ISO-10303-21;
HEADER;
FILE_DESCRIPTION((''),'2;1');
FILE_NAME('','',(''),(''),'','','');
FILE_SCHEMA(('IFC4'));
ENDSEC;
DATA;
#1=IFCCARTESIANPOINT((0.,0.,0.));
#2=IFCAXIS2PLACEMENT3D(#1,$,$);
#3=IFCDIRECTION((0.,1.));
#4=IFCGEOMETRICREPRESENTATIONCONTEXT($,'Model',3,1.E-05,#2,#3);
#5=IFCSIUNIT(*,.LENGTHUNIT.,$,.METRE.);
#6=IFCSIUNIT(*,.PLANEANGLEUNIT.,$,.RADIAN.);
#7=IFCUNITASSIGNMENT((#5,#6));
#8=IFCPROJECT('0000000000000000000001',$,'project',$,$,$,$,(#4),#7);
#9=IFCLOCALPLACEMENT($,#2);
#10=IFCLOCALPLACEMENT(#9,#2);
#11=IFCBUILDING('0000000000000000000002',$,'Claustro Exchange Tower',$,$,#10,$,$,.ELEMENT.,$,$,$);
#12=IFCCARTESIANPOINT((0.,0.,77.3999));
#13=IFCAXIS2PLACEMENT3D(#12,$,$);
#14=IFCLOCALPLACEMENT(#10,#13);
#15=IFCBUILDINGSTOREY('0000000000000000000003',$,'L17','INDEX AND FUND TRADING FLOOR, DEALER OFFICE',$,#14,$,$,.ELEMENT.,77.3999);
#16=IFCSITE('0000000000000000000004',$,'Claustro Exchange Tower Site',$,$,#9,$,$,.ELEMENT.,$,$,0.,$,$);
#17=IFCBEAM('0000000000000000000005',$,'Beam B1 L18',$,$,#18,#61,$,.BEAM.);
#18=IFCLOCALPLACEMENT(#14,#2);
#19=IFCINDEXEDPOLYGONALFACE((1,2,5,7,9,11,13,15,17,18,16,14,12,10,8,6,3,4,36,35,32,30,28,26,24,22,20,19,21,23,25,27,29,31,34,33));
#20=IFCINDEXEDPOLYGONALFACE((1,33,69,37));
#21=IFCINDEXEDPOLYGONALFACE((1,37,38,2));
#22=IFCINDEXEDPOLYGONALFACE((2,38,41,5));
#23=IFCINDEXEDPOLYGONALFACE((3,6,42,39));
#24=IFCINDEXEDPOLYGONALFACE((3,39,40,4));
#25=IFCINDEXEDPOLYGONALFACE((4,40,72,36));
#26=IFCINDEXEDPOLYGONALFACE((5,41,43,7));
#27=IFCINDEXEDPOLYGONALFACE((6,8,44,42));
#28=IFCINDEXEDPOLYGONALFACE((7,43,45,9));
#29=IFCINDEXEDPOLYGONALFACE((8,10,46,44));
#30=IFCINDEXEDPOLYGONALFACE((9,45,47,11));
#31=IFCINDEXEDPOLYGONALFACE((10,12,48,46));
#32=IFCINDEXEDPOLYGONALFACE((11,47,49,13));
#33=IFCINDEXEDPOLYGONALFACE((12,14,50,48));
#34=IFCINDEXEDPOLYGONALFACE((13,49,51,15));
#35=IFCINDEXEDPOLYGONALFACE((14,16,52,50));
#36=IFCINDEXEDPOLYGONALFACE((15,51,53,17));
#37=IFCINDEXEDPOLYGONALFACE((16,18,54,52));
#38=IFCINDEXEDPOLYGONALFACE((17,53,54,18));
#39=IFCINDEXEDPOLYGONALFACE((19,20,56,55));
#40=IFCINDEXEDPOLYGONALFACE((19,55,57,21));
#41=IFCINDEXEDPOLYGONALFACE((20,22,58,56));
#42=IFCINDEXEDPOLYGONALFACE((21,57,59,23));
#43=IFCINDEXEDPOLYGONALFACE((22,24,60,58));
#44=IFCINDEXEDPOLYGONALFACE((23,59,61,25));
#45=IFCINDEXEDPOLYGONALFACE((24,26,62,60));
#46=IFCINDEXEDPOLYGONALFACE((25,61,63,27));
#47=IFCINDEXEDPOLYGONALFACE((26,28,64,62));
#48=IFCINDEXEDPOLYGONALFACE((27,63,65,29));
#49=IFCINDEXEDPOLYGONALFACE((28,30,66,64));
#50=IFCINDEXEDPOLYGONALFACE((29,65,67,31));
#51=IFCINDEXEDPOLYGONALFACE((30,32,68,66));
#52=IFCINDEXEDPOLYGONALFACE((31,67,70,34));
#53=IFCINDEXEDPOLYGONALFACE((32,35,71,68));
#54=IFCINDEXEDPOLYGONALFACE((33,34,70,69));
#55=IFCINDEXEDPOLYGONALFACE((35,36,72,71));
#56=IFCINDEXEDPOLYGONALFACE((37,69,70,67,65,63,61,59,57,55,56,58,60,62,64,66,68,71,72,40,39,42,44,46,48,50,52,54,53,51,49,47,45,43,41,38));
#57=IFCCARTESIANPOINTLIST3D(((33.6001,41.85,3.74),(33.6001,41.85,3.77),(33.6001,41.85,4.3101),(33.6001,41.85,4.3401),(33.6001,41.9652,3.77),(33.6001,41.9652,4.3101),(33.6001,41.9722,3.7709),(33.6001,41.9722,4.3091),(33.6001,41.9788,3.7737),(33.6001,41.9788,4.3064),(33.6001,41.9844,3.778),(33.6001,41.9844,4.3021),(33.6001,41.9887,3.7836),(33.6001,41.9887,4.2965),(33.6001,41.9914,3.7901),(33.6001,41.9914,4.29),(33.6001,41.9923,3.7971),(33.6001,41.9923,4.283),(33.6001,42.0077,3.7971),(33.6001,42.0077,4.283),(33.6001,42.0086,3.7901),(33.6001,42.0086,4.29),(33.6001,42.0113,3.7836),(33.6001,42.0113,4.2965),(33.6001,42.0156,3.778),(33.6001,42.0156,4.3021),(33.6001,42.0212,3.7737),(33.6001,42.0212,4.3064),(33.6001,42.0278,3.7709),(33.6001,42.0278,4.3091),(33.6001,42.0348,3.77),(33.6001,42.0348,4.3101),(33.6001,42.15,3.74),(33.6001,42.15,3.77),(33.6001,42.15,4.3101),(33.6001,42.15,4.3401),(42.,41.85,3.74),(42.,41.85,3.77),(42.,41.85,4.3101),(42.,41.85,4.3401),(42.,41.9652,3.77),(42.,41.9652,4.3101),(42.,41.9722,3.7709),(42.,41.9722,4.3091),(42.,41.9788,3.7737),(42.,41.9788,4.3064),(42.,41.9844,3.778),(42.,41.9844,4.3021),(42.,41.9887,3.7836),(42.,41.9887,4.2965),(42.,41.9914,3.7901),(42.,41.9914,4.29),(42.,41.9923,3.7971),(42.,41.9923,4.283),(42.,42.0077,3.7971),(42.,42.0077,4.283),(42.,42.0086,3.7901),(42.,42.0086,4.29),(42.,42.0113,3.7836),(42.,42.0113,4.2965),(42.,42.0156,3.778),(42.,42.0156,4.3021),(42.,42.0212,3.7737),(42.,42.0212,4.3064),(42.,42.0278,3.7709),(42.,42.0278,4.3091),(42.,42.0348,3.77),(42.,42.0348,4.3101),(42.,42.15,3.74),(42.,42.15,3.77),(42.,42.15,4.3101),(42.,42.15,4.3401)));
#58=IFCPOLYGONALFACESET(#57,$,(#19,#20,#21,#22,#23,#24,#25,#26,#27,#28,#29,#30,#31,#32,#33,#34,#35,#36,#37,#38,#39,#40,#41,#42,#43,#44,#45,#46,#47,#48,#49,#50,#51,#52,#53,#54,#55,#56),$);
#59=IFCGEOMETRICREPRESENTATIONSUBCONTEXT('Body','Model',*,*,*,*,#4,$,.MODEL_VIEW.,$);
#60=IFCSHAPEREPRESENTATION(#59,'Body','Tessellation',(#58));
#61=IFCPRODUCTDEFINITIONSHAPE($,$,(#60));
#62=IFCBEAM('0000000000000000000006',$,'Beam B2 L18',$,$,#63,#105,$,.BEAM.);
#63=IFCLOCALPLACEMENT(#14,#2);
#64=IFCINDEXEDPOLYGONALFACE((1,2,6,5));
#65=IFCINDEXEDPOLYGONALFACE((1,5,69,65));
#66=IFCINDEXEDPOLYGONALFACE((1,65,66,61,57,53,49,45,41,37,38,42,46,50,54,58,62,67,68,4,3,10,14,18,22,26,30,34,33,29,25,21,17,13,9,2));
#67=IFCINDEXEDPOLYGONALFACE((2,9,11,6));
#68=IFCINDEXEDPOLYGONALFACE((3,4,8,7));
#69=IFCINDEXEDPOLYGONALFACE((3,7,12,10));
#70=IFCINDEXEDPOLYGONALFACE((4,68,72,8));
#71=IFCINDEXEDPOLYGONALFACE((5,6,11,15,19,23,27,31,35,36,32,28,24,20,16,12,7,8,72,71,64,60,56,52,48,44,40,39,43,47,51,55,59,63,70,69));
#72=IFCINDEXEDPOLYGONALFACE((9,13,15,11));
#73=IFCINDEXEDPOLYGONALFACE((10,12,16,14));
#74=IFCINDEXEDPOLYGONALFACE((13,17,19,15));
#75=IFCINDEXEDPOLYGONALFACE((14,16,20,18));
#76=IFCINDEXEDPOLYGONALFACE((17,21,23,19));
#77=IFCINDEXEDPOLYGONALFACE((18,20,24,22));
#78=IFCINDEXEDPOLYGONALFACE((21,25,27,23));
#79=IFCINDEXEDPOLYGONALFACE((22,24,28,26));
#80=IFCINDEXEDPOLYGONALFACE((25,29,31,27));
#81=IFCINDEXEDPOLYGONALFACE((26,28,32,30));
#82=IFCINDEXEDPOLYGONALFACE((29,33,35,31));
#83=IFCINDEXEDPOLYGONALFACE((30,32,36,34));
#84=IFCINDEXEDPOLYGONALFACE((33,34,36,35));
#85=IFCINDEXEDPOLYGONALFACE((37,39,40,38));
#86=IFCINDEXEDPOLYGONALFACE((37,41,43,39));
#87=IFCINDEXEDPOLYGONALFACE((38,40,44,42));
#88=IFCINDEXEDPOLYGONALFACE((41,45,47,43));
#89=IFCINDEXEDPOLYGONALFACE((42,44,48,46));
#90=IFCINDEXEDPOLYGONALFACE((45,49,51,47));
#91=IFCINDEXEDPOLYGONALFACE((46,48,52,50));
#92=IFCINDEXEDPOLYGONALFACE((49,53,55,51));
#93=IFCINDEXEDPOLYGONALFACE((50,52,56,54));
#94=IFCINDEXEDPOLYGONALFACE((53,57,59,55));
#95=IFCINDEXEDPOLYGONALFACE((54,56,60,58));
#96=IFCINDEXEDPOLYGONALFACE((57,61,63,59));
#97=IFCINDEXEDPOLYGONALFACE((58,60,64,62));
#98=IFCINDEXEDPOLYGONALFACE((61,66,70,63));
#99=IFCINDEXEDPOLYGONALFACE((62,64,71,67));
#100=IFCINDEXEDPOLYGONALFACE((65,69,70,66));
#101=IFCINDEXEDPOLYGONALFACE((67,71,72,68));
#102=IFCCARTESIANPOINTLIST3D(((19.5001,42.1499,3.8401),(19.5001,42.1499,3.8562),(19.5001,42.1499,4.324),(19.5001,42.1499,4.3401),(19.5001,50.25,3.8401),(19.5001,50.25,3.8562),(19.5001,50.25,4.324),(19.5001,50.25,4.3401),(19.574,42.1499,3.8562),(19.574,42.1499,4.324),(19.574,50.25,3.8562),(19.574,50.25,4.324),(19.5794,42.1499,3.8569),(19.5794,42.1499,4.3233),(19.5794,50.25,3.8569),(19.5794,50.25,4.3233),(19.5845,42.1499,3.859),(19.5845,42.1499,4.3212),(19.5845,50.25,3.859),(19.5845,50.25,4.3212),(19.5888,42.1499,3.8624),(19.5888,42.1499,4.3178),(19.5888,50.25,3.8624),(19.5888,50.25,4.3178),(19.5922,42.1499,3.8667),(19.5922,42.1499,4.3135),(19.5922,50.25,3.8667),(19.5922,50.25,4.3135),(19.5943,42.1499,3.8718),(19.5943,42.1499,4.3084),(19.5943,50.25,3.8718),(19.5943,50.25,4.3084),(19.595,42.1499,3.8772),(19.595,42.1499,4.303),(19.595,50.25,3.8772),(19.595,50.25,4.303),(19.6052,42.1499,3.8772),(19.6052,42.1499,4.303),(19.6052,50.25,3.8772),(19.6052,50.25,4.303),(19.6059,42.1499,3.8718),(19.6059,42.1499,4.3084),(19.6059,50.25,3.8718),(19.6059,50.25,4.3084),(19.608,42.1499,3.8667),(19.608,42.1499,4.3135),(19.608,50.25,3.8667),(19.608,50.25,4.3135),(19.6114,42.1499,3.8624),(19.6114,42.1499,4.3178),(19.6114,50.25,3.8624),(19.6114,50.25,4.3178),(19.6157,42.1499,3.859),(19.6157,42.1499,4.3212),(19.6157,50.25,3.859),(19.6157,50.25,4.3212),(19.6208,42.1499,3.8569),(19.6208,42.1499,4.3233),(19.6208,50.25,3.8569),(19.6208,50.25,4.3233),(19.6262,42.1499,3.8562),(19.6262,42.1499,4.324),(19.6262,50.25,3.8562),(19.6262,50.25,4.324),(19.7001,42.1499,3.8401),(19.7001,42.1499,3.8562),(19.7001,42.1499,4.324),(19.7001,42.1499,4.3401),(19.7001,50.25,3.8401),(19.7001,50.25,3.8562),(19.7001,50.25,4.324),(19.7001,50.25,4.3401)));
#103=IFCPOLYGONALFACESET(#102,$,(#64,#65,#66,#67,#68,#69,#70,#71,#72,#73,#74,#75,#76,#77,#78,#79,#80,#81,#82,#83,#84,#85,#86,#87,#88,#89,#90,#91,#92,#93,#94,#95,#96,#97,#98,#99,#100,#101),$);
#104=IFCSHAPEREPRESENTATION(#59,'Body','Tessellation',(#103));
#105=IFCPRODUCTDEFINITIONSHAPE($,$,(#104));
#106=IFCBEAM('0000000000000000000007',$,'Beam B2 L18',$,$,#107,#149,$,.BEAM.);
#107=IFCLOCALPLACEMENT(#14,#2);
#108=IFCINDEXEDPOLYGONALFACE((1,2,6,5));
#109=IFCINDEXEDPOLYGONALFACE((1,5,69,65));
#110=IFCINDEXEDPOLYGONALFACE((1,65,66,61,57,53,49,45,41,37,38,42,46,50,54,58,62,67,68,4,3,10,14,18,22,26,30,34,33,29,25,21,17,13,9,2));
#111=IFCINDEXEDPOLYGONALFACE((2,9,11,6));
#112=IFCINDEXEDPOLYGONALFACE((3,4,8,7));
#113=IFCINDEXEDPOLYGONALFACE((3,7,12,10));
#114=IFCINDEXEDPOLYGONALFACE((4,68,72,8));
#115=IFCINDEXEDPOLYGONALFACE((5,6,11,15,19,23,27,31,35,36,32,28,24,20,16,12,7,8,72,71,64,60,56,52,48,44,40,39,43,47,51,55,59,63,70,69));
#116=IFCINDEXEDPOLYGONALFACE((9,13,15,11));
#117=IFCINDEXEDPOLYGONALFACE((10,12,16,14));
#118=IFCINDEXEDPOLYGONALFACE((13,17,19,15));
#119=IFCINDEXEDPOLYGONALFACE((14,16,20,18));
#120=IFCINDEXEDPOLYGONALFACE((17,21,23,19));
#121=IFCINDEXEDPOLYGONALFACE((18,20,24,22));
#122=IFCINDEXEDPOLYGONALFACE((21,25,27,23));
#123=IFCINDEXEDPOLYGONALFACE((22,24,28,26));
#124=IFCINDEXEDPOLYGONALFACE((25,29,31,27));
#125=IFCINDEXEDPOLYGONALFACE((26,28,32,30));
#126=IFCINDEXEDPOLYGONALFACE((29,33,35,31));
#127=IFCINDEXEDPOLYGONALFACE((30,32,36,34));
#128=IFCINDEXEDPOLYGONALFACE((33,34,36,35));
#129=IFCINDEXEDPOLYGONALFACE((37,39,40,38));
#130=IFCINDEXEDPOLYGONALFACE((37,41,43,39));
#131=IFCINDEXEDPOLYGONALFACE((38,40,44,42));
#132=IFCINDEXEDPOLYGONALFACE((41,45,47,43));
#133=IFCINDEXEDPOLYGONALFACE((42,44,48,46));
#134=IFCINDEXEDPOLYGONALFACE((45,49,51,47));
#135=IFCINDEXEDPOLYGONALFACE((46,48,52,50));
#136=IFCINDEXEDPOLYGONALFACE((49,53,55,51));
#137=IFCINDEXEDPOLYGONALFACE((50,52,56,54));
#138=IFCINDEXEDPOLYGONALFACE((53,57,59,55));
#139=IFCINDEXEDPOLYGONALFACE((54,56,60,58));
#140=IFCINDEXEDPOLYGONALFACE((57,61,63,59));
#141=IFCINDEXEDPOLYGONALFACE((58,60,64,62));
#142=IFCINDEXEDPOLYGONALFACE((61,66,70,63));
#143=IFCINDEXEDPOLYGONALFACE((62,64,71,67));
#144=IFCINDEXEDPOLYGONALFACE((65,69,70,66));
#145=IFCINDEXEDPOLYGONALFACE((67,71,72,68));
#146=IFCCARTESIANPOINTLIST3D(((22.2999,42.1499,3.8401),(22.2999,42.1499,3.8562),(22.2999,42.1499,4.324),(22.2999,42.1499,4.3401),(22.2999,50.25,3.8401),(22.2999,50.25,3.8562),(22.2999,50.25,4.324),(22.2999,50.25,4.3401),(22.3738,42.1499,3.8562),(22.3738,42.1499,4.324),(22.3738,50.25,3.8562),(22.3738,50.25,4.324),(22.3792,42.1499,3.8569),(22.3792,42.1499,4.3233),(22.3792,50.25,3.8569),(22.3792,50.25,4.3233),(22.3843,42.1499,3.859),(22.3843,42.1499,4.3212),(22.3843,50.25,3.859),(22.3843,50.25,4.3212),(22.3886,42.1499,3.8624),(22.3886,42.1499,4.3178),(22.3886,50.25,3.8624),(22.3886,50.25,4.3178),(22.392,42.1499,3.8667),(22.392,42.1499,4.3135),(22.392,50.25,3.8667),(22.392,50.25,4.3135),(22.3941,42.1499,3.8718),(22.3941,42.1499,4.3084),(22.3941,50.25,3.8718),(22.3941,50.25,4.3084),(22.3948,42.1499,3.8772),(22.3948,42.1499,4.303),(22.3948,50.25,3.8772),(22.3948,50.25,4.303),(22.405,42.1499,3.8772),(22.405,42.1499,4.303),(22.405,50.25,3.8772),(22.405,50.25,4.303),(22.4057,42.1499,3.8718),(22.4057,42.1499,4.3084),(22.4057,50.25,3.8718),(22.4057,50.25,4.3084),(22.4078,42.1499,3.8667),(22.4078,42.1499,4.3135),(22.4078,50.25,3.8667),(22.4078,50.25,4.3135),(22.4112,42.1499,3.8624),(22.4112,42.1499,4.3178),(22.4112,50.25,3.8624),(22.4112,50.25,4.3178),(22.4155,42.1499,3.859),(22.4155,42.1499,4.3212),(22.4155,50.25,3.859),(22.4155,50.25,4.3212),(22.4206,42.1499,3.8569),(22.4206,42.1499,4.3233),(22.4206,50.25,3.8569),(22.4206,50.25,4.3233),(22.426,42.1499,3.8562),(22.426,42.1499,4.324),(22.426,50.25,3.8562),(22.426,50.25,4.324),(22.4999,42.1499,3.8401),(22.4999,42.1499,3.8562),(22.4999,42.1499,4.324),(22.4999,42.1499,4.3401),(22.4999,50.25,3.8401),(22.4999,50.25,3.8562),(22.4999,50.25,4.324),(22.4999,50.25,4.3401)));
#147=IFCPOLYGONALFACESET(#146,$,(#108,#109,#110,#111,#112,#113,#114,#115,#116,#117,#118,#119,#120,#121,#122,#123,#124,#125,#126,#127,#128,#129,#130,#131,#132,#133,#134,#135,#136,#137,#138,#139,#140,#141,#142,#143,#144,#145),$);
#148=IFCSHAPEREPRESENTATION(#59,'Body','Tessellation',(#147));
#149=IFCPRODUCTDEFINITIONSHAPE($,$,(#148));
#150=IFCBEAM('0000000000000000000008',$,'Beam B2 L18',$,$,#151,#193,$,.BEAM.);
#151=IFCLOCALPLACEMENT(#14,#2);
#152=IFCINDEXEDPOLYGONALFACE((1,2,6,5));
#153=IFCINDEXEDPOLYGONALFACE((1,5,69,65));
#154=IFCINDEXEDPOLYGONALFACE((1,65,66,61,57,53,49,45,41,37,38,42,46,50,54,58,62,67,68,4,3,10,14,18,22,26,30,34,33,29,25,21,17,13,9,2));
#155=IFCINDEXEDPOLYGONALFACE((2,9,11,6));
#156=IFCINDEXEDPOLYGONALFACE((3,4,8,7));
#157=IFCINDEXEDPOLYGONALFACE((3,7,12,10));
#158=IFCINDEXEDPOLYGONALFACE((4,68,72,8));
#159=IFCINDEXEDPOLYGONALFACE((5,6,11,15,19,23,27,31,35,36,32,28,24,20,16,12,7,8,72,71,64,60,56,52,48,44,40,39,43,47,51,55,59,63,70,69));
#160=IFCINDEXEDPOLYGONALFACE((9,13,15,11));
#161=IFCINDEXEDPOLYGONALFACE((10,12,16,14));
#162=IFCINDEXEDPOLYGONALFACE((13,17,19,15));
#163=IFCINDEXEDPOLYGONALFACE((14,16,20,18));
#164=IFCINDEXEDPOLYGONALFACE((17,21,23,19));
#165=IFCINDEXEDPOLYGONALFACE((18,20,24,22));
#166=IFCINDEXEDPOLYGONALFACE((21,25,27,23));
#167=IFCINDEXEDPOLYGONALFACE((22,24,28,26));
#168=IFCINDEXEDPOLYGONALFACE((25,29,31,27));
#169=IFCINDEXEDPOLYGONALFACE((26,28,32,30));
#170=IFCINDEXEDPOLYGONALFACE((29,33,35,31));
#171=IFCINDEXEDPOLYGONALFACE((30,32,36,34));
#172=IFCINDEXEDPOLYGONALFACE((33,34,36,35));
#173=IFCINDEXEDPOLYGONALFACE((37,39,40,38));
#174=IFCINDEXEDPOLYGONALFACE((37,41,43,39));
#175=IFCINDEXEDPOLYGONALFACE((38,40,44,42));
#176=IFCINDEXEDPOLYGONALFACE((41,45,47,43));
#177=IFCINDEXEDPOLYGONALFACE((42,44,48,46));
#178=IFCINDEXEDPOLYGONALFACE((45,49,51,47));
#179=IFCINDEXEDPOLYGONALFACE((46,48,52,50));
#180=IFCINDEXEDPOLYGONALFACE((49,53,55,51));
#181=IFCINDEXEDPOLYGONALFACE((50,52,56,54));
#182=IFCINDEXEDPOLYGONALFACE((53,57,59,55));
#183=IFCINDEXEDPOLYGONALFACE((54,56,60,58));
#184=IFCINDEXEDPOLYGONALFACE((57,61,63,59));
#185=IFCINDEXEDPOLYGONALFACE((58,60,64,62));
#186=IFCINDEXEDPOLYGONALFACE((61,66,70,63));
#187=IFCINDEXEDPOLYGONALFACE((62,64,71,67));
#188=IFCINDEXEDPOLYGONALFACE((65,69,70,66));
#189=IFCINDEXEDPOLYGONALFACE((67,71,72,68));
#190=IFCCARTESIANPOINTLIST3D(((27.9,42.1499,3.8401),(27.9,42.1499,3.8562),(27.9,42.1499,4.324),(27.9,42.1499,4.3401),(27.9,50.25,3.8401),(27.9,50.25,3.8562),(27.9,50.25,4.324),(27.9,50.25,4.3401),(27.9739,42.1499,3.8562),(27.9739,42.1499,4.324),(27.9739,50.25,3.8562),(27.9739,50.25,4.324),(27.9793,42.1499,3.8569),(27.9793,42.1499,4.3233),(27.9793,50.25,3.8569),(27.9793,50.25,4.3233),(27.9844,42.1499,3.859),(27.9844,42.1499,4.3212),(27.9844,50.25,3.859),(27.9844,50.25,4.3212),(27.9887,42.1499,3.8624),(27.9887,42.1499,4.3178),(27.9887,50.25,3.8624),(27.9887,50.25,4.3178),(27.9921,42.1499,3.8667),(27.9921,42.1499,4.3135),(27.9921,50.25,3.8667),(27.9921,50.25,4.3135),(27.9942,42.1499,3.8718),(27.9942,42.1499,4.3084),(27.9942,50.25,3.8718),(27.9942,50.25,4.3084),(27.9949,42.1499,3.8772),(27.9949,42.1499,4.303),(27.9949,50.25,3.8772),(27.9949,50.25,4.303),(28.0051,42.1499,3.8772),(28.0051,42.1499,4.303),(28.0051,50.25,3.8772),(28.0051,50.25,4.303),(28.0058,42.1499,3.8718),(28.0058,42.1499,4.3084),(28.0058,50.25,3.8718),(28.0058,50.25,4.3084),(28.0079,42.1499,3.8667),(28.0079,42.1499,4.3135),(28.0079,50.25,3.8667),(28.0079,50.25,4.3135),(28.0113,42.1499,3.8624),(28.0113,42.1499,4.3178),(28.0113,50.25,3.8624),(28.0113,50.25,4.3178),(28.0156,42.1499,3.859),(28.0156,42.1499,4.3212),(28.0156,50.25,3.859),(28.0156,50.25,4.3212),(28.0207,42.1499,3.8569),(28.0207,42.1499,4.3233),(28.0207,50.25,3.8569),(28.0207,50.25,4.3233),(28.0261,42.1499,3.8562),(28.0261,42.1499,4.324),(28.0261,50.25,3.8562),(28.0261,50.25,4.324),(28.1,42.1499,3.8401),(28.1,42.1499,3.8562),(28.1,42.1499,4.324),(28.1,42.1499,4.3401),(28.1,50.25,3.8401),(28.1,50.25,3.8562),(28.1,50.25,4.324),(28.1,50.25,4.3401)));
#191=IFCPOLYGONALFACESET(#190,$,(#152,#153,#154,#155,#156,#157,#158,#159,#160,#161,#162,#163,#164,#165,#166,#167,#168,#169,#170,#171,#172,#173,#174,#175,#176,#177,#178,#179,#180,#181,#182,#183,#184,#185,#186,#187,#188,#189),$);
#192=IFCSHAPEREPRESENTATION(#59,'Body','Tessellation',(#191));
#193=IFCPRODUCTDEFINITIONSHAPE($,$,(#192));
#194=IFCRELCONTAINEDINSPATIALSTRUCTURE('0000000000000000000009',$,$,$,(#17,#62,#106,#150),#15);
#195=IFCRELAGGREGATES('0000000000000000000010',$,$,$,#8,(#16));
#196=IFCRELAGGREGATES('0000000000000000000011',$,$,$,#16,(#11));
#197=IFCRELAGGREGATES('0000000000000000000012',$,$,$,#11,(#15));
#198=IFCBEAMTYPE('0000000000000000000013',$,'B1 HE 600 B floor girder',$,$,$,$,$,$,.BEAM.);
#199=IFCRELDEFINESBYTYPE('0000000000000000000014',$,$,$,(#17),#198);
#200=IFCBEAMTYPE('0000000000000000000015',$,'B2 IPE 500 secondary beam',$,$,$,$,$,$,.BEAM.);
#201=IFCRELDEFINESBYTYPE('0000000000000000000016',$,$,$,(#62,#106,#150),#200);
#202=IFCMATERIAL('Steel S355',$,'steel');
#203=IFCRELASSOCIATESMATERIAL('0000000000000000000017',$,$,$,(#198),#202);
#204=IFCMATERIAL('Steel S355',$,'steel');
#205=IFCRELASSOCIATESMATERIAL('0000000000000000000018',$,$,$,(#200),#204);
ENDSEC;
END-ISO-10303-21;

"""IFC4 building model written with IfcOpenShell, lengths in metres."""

from ifc_helpers import new_model, si_unit, direction, frame, origin, origin_2d, place, context, subcontext, project, spatial, i_section, extrude, material, material_profile, profile_set, type_object, element, save


model = new_model("IFC4")

# Units and contexts
model_context = context("Model", 3, precision=1e-05, world=origin(), true_north=direction((0.0, 1.0)))
body_context = subcontext(model_context, "Body", "Model", "MODEL_VIEW")
ifc_project = project(units=[si_unit("LENGTHUNIT", "METRE"), si_unit("PLANEANGLEUNIT", "RADIAN")], contexts=[model_context])

# Site, building, storey
site_placement = place(None, origin())
site = spatial("IfcSite", under=ifc_project, at=site_placement, Name="Claustro Exchange Tower Site", CompositionType="ELEMENT", RefElevation=0.0)
building_placement = place(site_placement, origin())
building = spatial("IfcBuilding", under=site, at=building_placement, Name="Claustro Exchange Tower", CompositionType="ELEMENT")
storey_placement = place(building_placement, frame((0.0, 0.0, 77.3999)))
storey = spatial("IfcBuildingStorey", under=building, at=storey_placement, Name="L17", Description="INDEX AND FUND TRADING FLOOR, DEALER OFFICE", CompositionType="ELEMENT", Elevation=77.3999)

# Beams
ifc_material_1 = material(Name="Steel S355", Category="steel")
ifc_material_profile_1 = material_profile(ifc_material_1, i_section(OverallWidth=0.3, OverallDepth=0.6001, WebThickness=0.0154, FlangeThickness=0.03, FilletRadius=0.0271, at=origin_2d()), Name="HE 600 B")
ifc_profile_set_1 = profile_set([ifc_material_profile_1], Name="Steel S355")
beam_type_1 = type_object("IfcBeamType", Name="B1 HE 600 B floor girder", PredefinedType="BEAM", material=ifc_profile_set_1)
beam_1_placement = place(storey_placement, frame((33.6001, 42.0, 4.04), z_axis=(1.0, 0.0, 0.0), x_axis=(0.0, 1.0, 0.0)))
element("IfcBeam", 1, at=beam_1_placement, inside=storey, type_object=beam_type_1, Name="Beam B1 L18", PredefinedType="BEAM", context=body_context, shape_type="SweptSolid", body=[
    extrude(i_section(OverallWidth=0.3, OverallDepth=0.6001, WebThickness=0.0154, FlangeThickness=0.03, FilletRadius=0.0271, at=origin_2d()), origin(), (0.0, 0.0, 1.0), 8.3999),
])
ifc_material_2 = material(Name="Steel S355", Category="steel")
ifc_material_profile_2 = material_profile(ifc_material_2, i_section(OverallWidth=0.2, OverallDepth=0.5, WebThickness=0.0103, FlangeThickness=0.0161, FilletRadius=0.021, at=origin_2d()), Name="IPE 500")
ifc_profile_set_2 = profile_set([ifc_material_profile_2], Name="Steel S355")
beam_type_2 = type_object("IfcBeamType", Name="B2 IPE 500 secondary beam", PredefinedType="BEAM", material=ifc_profile_set_2)
for number, where, z_axis, x_axis, name in (
    (2, (19.6001, 42.1499, 4.0901), (0.0, 1.0, 0.0), (-1.0, 0.0, 0.0), "Beam B2 L18"),
    (3, (22.3999, 42.1499, 4.0901), (0.0, 1.0, 0.0), (-1.0, 0.0, 0.0), "Beam B2 L18"),
    (4, (28.0, 42.1499, 4.0901), (0.0, 1.0, 0.0), (-1.0, 0.0, 0.0), "Beam B2 L18"),
):
    element("IfcBeam", number, at=place(storey_placement, frame(where, z_axis=z_axis, x_axis=x_axis)), inside=storey, type_object=beam_type_2, Name=name, PredefinedType="BEAM", context=body_context, shape_type="SweptSolid", body=[
        extrude(i_section(OverallWidth=0.2, OverallDepth=0.5, WebThickness=0.0103, FlangeThickness=0.0161, FilletRadius=0.021, at=origin_2d()), origin(), (0.0, 0.0, 1.0), 8.1001),
    ])

save(model, "model.ifc")
